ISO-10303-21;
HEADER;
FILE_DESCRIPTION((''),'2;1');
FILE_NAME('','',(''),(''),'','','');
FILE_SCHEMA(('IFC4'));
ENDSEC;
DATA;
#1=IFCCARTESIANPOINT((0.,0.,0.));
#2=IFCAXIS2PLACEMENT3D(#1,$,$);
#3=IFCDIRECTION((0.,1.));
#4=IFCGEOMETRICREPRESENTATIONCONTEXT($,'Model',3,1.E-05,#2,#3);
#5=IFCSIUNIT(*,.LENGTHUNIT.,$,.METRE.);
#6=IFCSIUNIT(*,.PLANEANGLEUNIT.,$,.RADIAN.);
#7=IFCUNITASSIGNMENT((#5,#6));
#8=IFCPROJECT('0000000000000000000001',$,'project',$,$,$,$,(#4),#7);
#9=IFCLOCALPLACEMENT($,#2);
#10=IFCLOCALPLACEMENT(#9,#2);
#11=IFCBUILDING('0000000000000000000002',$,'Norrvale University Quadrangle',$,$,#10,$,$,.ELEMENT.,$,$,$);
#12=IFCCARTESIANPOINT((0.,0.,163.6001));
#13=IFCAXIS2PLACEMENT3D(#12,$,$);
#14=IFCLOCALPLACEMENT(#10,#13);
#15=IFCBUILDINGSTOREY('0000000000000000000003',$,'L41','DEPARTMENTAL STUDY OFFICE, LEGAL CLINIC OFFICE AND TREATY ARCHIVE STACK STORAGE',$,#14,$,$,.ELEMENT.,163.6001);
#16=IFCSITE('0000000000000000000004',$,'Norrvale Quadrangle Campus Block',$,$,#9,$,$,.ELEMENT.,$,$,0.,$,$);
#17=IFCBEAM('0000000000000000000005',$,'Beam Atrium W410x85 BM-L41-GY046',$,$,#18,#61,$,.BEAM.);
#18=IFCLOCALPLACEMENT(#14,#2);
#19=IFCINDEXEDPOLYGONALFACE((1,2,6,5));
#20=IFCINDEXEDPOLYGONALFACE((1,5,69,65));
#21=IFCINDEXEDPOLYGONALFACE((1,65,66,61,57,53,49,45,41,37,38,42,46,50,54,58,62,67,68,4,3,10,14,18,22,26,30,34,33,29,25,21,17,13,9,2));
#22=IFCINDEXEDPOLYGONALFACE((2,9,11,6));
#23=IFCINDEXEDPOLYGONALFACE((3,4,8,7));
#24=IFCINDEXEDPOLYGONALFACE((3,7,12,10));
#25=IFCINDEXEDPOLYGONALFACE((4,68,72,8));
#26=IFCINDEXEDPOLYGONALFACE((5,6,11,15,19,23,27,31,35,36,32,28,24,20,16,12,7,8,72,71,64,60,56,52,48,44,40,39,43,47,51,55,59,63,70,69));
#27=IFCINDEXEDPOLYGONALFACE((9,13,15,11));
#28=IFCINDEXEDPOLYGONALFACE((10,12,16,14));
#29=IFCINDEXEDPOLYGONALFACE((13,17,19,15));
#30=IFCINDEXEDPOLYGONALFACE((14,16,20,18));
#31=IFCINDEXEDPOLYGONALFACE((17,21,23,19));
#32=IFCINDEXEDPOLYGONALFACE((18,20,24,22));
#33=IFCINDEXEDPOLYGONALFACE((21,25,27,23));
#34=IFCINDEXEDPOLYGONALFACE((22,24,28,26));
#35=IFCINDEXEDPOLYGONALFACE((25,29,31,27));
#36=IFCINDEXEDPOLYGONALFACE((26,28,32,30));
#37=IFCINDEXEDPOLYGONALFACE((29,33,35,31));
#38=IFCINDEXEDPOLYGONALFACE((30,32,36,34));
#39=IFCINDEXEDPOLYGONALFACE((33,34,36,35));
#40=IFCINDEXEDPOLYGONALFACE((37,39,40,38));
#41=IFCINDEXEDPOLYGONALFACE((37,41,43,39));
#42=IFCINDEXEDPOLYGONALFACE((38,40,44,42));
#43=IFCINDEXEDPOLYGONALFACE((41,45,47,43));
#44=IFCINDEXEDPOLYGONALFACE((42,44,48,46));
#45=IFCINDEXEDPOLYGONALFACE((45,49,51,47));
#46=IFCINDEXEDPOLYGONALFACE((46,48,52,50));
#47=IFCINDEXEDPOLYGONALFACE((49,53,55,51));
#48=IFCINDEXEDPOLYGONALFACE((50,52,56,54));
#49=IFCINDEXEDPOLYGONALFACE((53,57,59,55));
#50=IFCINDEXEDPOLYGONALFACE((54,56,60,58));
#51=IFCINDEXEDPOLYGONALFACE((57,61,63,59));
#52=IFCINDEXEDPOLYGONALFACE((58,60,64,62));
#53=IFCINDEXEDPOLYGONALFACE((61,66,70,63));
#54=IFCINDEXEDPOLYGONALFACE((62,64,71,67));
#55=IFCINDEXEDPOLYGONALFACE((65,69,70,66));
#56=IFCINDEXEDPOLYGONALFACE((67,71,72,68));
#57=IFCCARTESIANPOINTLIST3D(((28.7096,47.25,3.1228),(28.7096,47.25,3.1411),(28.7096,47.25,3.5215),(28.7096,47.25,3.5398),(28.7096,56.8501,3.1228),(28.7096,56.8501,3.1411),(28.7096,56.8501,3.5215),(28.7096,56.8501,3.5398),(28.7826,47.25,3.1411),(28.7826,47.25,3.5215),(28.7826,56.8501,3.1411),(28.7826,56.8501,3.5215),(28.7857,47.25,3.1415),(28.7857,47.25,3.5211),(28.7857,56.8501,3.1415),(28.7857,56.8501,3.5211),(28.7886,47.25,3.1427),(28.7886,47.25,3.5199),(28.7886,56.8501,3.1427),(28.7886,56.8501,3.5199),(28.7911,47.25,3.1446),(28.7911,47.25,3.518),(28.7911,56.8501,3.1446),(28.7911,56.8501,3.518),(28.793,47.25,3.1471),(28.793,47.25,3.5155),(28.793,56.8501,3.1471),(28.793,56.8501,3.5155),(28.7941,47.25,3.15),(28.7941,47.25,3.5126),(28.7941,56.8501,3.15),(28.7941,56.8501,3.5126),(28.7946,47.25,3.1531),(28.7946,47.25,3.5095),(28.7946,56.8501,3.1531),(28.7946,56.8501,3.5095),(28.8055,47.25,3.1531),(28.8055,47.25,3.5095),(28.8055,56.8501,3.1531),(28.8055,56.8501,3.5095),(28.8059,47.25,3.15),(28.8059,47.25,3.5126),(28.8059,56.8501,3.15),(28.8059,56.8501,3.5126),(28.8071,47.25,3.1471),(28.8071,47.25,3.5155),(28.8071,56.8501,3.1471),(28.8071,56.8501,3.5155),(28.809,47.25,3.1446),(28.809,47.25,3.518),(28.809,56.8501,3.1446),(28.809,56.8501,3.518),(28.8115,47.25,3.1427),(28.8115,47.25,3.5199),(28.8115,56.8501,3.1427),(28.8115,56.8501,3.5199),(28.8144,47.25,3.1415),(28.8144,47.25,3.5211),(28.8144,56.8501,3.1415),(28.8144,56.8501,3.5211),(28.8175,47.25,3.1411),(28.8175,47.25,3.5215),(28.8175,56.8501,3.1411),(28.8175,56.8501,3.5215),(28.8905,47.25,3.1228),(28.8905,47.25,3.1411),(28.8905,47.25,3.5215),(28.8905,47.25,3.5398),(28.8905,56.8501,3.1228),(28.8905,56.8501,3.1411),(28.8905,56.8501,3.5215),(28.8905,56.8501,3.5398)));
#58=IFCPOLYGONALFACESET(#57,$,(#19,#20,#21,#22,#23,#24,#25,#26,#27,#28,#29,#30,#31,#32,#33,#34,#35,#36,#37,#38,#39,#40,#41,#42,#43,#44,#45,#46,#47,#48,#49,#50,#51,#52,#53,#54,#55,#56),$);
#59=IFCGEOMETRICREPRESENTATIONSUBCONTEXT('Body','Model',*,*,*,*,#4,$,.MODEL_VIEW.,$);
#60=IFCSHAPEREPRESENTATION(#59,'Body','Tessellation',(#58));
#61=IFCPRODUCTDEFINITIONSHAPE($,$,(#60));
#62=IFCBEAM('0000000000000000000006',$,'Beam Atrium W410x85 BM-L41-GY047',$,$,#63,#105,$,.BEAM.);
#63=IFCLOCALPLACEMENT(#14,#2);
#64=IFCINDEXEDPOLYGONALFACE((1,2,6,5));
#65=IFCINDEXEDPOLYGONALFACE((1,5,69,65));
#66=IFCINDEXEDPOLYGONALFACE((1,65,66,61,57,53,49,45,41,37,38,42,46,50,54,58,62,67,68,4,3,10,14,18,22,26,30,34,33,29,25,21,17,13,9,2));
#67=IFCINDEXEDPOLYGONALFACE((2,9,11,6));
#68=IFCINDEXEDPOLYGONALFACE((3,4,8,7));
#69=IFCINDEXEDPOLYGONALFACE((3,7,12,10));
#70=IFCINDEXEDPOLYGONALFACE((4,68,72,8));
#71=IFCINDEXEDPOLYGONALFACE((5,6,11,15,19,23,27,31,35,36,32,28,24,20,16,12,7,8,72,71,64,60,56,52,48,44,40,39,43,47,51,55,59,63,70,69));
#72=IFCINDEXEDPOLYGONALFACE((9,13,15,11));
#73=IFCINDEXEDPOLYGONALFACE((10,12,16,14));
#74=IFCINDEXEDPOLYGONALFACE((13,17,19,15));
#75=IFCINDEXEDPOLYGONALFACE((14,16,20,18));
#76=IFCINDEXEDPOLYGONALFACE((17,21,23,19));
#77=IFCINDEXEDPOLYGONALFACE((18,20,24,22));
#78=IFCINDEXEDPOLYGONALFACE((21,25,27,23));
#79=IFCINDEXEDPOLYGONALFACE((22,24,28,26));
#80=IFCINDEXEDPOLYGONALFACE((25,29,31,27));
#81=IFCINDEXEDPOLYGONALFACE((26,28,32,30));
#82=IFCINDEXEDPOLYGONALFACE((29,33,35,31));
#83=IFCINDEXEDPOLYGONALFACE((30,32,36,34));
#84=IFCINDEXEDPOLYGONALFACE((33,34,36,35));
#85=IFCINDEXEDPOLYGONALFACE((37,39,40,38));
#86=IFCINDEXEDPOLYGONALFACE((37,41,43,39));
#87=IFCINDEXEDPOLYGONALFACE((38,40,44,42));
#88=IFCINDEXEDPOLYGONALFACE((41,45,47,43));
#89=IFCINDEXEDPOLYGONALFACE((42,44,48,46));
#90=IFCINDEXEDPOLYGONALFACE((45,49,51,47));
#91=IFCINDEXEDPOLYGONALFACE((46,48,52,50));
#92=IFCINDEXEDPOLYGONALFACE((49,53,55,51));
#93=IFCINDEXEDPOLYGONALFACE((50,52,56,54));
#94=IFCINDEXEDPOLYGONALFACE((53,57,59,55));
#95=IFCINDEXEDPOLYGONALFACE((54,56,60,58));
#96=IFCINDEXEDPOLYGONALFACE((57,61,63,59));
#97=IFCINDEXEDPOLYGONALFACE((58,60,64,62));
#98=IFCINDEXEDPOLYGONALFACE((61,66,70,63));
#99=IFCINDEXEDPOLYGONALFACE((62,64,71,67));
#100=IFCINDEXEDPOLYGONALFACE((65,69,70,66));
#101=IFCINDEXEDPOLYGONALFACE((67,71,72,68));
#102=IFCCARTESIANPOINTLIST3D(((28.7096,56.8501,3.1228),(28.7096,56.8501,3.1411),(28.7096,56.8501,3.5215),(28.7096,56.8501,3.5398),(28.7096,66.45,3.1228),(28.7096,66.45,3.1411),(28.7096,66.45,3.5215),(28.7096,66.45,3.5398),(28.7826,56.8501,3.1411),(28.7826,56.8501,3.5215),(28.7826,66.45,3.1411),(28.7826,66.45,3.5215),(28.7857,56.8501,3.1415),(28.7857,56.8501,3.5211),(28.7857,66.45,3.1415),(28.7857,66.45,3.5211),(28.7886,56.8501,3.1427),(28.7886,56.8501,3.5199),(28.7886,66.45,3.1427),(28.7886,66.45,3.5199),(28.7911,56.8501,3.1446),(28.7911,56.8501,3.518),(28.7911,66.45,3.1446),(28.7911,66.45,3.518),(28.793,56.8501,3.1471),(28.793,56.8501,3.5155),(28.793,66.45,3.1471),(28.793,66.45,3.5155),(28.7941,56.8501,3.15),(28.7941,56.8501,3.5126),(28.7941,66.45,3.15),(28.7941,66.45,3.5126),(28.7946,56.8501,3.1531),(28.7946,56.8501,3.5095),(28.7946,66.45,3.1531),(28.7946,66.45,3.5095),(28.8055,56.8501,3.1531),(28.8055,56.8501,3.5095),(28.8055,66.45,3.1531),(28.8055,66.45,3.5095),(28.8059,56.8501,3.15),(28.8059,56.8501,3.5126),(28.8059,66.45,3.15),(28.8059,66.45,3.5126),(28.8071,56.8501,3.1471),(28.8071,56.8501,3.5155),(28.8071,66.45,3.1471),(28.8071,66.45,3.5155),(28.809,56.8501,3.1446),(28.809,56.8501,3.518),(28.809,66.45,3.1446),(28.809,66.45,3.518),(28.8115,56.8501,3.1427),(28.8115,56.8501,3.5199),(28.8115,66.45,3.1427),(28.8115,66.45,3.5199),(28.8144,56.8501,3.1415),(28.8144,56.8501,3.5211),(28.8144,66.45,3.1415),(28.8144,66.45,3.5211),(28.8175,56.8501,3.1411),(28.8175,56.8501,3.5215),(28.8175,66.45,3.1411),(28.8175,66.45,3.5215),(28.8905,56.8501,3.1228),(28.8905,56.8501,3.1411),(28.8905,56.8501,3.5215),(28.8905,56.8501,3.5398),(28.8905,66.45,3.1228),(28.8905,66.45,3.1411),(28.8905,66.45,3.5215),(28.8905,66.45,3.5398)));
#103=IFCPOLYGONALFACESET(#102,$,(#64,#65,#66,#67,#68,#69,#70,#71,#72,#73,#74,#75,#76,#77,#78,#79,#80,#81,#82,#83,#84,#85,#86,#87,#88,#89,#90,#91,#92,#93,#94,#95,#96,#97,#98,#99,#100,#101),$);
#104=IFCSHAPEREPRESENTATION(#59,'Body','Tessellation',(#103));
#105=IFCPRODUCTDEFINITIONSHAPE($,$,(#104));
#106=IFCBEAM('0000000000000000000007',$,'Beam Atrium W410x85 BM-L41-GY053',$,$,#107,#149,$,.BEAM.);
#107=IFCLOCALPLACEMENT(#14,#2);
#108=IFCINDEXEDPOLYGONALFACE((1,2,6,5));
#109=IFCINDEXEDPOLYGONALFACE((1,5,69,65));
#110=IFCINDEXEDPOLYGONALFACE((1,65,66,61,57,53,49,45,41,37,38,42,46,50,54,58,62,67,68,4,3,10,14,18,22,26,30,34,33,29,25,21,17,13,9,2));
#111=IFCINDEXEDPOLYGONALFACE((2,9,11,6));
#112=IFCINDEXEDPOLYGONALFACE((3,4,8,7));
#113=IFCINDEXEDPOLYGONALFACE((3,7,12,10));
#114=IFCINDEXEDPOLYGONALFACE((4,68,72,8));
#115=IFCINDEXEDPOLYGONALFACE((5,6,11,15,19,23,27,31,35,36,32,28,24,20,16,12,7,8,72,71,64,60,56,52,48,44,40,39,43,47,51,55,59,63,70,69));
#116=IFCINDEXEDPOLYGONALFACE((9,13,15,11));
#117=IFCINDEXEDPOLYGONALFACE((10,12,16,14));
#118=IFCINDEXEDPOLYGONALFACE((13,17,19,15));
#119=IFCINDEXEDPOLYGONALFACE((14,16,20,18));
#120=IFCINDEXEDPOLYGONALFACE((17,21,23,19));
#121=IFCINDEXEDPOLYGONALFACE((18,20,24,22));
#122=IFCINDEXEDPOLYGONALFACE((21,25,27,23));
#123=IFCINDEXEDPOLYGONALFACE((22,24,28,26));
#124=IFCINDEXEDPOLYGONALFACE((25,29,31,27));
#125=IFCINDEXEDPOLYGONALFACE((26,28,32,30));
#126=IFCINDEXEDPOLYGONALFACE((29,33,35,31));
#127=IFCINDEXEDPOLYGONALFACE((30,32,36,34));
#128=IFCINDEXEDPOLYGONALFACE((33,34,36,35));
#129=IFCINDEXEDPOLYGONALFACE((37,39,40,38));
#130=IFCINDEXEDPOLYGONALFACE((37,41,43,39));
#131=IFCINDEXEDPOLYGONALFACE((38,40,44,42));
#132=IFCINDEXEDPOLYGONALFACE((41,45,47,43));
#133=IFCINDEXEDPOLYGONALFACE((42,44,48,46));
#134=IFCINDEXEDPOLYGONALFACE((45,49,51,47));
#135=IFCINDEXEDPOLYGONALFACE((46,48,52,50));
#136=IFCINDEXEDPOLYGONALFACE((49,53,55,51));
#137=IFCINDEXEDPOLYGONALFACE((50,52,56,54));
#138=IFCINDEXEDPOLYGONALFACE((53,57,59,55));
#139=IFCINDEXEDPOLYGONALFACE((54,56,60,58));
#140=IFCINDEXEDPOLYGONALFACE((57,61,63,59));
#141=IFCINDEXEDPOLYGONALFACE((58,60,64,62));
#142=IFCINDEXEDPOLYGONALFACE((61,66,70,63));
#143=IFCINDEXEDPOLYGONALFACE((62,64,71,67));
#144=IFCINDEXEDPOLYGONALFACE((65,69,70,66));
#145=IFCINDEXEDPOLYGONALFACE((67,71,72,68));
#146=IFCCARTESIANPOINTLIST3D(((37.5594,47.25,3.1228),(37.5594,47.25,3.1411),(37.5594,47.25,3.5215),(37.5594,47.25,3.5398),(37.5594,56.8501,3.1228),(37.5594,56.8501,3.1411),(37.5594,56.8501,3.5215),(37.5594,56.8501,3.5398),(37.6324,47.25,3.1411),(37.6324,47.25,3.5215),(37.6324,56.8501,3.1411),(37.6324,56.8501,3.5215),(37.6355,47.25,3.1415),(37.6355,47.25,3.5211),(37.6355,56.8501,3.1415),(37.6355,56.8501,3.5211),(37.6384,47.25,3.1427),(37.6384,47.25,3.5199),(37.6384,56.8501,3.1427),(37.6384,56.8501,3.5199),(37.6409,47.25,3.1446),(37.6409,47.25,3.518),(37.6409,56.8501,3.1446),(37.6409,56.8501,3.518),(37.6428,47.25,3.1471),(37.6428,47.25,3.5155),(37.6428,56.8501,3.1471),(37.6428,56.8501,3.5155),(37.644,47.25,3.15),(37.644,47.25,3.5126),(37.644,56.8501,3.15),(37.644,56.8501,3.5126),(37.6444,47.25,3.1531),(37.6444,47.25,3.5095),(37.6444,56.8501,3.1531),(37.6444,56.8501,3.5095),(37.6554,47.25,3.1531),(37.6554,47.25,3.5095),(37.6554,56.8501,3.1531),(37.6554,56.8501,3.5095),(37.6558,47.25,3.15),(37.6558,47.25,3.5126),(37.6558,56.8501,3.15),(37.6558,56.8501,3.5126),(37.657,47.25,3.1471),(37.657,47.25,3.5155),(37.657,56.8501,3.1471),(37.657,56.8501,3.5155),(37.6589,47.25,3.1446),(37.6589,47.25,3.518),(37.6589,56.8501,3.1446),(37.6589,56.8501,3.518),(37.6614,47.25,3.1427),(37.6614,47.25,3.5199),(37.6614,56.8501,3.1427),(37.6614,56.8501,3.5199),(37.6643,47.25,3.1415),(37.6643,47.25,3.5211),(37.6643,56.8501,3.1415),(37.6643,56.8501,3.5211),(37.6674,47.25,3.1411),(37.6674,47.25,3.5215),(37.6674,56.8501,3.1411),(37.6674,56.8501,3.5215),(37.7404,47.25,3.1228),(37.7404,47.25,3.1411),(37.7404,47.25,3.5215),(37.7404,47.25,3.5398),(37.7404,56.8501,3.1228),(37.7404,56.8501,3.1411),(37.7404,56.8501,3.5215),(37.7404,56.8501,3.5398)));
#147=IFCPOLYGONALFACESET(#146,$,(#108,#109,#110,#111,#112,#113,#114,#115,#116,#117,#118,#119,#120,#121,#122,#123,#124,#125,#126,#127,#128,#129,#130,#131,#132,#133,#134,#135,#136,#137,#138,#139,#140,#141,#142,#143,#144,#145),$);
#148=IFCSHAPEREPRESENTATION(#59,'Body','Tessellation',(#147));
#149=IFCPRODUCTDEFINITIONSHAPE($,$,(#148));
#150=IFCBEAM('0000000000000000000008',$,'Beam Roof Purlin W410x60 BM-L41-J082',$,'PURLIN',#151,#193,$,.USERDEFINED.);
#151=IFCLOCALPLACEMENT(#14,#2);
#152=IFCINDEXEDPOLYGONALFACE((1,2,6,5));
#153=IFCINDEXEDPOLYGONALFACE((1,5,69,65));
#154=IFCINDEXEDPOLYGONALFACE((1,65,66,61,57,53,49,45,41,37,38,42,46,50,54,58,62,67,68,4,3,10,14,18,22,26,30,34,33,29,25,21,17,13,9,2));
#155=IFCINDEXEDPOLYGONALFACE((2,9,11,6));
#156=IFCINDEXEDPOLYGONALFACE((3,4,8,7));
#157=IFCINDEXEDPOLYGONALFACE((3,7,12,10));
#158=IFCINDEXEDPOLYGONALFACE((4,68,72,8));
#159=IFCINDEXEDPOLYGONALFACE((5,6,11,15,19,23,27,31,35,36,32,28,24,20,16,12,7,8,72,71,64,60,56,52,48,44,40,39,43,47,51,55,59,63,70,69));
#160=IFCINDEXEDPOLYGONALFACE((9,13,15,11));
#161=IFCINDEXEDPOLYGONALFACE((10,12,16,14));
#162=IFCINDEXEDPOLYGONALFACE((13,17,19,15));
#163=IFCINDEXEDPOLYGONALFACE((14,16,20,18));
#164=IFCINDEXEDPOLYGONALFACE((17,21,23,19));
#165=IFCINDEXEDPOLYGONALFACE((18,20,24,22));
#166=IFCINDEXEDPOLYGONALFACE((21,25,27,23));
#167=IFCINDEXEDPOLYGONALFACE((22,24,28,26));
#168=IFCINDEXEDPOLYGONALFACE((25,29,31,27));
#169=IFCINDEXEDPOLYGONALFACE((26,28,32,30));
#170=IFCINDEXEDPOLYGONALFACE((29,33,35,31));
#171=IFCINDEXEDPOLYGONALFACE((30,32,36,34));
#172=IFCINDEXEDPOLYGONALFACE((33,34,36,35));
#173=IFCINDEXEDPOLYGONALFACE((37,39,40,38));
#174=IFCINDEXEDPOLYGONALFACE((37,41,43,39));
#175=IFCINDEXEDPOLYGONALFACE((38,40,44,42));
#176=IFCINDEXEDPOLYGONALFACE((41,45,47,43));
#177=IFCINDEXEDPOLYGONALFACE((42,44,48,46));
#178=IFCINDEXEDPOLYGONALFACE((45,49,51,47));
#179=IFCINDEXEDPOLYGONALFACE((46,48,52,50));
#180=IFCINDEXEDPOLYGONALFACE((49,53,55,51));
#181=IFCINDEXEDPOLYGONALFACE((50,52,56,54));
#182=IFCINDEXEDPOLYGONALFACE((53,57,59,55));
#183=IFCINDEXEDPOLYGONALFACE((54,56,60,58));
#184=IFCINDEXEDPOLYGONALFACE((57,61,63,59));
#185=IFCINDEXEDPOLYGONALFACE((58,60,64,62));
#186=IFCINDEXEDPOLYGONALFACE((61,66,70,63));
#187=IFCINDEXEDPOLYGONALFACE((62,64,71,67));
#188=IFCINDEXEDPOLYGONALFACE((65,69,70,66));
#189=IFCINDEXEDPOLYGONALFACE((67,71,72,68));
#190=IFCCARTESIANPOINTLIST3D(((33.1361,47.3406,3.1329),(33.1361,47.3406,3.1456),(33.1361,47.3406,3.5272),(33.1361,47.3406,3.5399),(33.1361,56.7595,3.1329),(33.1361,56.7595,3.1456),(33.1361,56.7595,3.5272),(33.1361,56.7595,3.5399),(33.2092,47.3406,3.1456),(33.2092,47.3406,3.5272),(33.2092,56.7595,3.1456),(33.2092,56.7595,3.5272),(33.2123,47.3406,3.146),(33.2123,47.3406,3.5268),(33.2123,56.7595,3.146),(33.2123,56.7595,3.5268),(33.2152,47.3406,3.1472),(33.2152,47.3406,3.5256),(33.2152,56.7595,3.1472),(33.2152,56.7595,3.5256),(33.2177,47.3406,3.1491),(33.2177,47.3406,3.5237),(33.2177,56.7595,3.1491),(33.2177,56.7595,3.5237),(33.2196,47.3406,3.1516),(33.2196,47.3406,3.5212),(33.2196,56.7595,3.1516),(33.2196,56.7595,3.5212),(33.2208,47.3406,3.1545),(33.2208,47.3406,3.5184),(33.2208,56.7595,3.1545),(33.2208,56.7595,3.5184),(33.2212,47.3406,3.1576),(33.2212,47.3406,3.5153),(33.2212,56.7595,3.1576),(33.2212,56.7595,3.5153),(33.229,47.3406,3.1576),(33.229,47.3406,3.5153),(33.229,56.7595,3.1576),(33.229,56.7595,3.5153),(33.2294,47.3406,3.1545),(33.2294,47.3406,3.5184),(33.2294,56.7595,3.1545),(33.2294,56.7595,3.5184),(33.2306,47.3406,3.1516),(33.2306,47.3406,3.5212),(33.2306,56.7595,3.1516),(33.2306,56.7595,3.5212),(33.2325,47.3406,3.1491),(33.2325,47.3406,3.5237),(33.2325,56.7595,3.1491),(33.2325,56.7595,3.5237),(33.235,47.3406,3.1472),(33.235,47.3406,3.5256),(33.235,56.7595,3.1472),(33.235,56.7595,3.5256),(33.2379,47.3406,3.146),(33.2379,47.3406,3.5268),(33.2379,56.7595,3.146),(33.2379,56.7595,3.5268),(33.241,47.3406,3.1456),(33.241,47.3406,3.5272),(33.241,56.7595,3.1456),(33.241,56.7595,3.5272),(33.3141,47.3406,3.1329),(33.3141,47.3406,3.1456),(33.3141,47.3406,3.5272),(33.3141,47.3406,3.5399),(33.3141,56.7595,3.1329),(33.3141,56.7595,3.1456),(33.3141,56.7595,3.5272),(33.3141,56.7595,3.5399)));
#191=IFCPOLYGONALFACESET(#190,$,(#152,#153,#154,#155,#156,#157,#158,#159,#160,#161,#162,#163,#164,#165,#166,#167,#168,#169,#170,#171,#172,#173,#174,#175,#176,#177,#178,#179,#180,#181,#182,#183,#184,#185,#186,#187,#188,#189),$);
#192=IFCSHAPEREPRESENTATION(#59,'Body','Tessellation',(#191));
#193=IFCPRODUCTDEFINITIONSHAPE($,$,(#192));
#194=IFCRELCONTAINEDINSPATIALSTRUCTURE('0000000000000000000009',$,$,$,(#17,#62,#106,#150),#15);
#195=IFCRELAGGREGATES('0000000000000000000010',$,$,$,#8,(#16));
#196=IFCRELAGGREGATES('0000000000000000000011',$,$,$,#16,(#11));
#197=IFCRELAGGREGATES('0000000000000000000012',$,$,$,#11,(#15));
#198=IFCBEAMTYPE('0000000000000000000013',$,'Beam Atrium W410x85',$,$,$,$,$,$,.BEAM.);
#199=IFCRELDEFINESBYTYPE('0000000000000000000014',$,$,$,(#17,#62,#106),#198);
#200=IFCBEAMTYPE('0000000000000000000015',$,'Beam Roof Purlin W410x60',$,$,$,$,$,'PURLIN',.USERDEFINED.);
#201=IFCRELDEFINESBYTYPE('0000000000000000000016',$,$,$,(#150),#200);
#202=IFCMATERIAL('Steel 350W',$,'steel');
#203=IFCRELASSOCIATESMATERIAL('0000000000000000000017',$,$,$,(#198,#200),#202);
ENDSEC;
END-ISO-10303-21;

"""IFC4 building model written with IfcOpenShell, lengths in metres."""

from ifc_helpers import new_model, si_unit, direction, frame, origin, origin_2d, place, context, subcontext, project, spatial, i_section, extrude, material, material_profile, profile_set, type_object, element, save


model = new_model("IFC4")

# Units and contexts
model_context = context("Model", 3, precision=1e-05, world=origin(), true_north=direction((0.0, 1.0)))
body_context = subcontext(model_context, "Body", "Model", "MODEL_VIEW")
ifc_project = project(units=[si_unit("LENGTHUNIT", "METRE"), si_unit("PLANEANGLEUNIT", "RADIAN")], contexts=[model_context])

# Site, building, storey
site_placement = place(None, origin())
site = spatial("IfcSite", under=ifc_project, at=site_placement, Name="Norrvale Quadrangle Campus Block", CompositionType="ELEMENT", RefElevation=0.0)
building_placement = place(site_placement, origin())
building = spatial("IfcBuilding", under=site, at=building_placement, Name="Norrvale University Quadrangle", CompositionType="ELEMENT")
storey_placement = place(building_placement, frame((0.0, 0.0, 163.6001)))
storey = spatial("IfcBuildingStorey", under=building, at=storey_placement, Name="L41", Description="DEPARTMENTAL STUDY OFFICE, LEGAL CLINIC OFFICE AND TREATY ARCHIVE STACK STORAGE", CompositionType="ELEMENT", Elevation=163.6001)

# Beams
ifc_material_1 = material(Name="Steel 350W", Category="steel")
ifc_material_profile_1 = material_profile(ifc_material_1, i_section(OverallWidth=0.1809, OverallDepth=0.417, WebThickness=0.011, FlangeThickness=0.0183, FilletRadius=0.012, at=origin_2d()), Name="Steel 350W")
ifc_profile_set_1 = profile_set([ifc_material_profile_1], Name="Steel 350W")
beam_type_1 = type_object("IfcBeamType", Name="Beam Atrium W410x85", PredefinedType="BEAM", material=ifc_profile_set_1)
beam_1_placement = place(storey_placement, frame((28.8, 47.25, 3.3313), z_axis=(0.0, 1.0, 0.0), x_axis=(-1.0, 0.0, 0.0)))
element("IfcBeam", 1, at=beam_1_placement, inside=storey, type_object=beam_type_1, Name="Beam Atrium W410x85 BM-L41-GY046", PredefinedType="BEAM", context=body_context, shape_type="SweptSolid", body=[
    extrude(i_section(OverallWidth=0.1809, OverallDepth=0.417, WebThickness=0.011, FlangeThickness=0.0183, FilletRadius=0.012, at=origin_2d()), origin(), (0.0, 0.0, 1.0), 9.6001),
])
beam_2_placement = place(storey_placement, frame((28.8, 56.8501, 3.3313), z_axis=(0.0, 1.0, 0.0), x_axis=(-1.0, 0.0, 0.0)))
element("IfcBeam", 2, at=beam_2_placement, inside=storey, type_object=beam_type_1, Name="Beam Atrium W410x85 BM-L41-GY047", PredefinedType="BEAM", context=body_context, shape_type="SweptSolid", body=[
    extrude(i_section(OverallWidth=0.1809, OverallDepth=0.417, WebThickness=0.011, FlangeThickness=0.0183, FilletRadius=0.012, at=origin_2d()), origin(), (0.0, 0.0, 1.0), 9.5999),
])
beam_3_placement = place(storey_placement, frame((37.6499, 47.25, 3.3313), z_axis=(0.0, 1.0, 0.0), x_axis=(-1.0, 0.0, 0.0)))
element("IfcBeam", 3, at=beam_3_placement, inside=storey, type_object=beam_type_1, Name="Beam Atrium W410x85 BM-L41-GY053", PredefinedType="BEAM", context=body_context, shape_type="SweptSolid", body=[
    extrude(i_section(OverallWidth=0.1809, OverallDepth=0.417, WebThickness=0.011, FlangeThickness=0.0183, FilletRadius=0.012, at=origin_2d()), origin(), (0.0, 0.0, 1.0), 9.6001),
])
ifc_material_profile_2 = material_profile(ifc_material_1, i_section(OverallWidth=0.178, OverallDepth=0.407, WebThickness=0.0078, FlangeThickness=0.0127, FilletRadius=0.012, at=origin_2d()), Name="Steel 350W")
ifc_profile_set_2 = profile_set([ifc_material_profile_2], Name="Steel 350W")
beam_type_2 = type_object("IfcBeamType", Name="Beam Roof Purlin W410x60", ElementType="PURLIN", PredefinedType="USERDEFINED", material=ifc_profile_set_2)
beam_4_placement = place(storey_placement, frame((33.2251, 47.3406, 3.3364), z_axis=(0.0, 1.0, 0.0), x_axis=(-1.0, 0.0, 0.0)))
element("IfcBeam", 4, at=beam_4_placement, inside=storey, type_object=beam_type_2, Name="Beam Roof Purlin W410x60 BM-L41-J082", ObjectType="PURLIN", PredefinedType="USERDEFINED", context=body_context, shape_type="SweptSolid", body=[
    extrude(i_section(OverallWidth=0.178, OverallDepth=0.407, WebThickness=0.0078, FlangeThickness=0.0127, FilletRadius=0.012, at=origin_2d()), origin(), (0.0, 0.0, 1.0), 9.4189),
])

save(model, "model.ifc")
